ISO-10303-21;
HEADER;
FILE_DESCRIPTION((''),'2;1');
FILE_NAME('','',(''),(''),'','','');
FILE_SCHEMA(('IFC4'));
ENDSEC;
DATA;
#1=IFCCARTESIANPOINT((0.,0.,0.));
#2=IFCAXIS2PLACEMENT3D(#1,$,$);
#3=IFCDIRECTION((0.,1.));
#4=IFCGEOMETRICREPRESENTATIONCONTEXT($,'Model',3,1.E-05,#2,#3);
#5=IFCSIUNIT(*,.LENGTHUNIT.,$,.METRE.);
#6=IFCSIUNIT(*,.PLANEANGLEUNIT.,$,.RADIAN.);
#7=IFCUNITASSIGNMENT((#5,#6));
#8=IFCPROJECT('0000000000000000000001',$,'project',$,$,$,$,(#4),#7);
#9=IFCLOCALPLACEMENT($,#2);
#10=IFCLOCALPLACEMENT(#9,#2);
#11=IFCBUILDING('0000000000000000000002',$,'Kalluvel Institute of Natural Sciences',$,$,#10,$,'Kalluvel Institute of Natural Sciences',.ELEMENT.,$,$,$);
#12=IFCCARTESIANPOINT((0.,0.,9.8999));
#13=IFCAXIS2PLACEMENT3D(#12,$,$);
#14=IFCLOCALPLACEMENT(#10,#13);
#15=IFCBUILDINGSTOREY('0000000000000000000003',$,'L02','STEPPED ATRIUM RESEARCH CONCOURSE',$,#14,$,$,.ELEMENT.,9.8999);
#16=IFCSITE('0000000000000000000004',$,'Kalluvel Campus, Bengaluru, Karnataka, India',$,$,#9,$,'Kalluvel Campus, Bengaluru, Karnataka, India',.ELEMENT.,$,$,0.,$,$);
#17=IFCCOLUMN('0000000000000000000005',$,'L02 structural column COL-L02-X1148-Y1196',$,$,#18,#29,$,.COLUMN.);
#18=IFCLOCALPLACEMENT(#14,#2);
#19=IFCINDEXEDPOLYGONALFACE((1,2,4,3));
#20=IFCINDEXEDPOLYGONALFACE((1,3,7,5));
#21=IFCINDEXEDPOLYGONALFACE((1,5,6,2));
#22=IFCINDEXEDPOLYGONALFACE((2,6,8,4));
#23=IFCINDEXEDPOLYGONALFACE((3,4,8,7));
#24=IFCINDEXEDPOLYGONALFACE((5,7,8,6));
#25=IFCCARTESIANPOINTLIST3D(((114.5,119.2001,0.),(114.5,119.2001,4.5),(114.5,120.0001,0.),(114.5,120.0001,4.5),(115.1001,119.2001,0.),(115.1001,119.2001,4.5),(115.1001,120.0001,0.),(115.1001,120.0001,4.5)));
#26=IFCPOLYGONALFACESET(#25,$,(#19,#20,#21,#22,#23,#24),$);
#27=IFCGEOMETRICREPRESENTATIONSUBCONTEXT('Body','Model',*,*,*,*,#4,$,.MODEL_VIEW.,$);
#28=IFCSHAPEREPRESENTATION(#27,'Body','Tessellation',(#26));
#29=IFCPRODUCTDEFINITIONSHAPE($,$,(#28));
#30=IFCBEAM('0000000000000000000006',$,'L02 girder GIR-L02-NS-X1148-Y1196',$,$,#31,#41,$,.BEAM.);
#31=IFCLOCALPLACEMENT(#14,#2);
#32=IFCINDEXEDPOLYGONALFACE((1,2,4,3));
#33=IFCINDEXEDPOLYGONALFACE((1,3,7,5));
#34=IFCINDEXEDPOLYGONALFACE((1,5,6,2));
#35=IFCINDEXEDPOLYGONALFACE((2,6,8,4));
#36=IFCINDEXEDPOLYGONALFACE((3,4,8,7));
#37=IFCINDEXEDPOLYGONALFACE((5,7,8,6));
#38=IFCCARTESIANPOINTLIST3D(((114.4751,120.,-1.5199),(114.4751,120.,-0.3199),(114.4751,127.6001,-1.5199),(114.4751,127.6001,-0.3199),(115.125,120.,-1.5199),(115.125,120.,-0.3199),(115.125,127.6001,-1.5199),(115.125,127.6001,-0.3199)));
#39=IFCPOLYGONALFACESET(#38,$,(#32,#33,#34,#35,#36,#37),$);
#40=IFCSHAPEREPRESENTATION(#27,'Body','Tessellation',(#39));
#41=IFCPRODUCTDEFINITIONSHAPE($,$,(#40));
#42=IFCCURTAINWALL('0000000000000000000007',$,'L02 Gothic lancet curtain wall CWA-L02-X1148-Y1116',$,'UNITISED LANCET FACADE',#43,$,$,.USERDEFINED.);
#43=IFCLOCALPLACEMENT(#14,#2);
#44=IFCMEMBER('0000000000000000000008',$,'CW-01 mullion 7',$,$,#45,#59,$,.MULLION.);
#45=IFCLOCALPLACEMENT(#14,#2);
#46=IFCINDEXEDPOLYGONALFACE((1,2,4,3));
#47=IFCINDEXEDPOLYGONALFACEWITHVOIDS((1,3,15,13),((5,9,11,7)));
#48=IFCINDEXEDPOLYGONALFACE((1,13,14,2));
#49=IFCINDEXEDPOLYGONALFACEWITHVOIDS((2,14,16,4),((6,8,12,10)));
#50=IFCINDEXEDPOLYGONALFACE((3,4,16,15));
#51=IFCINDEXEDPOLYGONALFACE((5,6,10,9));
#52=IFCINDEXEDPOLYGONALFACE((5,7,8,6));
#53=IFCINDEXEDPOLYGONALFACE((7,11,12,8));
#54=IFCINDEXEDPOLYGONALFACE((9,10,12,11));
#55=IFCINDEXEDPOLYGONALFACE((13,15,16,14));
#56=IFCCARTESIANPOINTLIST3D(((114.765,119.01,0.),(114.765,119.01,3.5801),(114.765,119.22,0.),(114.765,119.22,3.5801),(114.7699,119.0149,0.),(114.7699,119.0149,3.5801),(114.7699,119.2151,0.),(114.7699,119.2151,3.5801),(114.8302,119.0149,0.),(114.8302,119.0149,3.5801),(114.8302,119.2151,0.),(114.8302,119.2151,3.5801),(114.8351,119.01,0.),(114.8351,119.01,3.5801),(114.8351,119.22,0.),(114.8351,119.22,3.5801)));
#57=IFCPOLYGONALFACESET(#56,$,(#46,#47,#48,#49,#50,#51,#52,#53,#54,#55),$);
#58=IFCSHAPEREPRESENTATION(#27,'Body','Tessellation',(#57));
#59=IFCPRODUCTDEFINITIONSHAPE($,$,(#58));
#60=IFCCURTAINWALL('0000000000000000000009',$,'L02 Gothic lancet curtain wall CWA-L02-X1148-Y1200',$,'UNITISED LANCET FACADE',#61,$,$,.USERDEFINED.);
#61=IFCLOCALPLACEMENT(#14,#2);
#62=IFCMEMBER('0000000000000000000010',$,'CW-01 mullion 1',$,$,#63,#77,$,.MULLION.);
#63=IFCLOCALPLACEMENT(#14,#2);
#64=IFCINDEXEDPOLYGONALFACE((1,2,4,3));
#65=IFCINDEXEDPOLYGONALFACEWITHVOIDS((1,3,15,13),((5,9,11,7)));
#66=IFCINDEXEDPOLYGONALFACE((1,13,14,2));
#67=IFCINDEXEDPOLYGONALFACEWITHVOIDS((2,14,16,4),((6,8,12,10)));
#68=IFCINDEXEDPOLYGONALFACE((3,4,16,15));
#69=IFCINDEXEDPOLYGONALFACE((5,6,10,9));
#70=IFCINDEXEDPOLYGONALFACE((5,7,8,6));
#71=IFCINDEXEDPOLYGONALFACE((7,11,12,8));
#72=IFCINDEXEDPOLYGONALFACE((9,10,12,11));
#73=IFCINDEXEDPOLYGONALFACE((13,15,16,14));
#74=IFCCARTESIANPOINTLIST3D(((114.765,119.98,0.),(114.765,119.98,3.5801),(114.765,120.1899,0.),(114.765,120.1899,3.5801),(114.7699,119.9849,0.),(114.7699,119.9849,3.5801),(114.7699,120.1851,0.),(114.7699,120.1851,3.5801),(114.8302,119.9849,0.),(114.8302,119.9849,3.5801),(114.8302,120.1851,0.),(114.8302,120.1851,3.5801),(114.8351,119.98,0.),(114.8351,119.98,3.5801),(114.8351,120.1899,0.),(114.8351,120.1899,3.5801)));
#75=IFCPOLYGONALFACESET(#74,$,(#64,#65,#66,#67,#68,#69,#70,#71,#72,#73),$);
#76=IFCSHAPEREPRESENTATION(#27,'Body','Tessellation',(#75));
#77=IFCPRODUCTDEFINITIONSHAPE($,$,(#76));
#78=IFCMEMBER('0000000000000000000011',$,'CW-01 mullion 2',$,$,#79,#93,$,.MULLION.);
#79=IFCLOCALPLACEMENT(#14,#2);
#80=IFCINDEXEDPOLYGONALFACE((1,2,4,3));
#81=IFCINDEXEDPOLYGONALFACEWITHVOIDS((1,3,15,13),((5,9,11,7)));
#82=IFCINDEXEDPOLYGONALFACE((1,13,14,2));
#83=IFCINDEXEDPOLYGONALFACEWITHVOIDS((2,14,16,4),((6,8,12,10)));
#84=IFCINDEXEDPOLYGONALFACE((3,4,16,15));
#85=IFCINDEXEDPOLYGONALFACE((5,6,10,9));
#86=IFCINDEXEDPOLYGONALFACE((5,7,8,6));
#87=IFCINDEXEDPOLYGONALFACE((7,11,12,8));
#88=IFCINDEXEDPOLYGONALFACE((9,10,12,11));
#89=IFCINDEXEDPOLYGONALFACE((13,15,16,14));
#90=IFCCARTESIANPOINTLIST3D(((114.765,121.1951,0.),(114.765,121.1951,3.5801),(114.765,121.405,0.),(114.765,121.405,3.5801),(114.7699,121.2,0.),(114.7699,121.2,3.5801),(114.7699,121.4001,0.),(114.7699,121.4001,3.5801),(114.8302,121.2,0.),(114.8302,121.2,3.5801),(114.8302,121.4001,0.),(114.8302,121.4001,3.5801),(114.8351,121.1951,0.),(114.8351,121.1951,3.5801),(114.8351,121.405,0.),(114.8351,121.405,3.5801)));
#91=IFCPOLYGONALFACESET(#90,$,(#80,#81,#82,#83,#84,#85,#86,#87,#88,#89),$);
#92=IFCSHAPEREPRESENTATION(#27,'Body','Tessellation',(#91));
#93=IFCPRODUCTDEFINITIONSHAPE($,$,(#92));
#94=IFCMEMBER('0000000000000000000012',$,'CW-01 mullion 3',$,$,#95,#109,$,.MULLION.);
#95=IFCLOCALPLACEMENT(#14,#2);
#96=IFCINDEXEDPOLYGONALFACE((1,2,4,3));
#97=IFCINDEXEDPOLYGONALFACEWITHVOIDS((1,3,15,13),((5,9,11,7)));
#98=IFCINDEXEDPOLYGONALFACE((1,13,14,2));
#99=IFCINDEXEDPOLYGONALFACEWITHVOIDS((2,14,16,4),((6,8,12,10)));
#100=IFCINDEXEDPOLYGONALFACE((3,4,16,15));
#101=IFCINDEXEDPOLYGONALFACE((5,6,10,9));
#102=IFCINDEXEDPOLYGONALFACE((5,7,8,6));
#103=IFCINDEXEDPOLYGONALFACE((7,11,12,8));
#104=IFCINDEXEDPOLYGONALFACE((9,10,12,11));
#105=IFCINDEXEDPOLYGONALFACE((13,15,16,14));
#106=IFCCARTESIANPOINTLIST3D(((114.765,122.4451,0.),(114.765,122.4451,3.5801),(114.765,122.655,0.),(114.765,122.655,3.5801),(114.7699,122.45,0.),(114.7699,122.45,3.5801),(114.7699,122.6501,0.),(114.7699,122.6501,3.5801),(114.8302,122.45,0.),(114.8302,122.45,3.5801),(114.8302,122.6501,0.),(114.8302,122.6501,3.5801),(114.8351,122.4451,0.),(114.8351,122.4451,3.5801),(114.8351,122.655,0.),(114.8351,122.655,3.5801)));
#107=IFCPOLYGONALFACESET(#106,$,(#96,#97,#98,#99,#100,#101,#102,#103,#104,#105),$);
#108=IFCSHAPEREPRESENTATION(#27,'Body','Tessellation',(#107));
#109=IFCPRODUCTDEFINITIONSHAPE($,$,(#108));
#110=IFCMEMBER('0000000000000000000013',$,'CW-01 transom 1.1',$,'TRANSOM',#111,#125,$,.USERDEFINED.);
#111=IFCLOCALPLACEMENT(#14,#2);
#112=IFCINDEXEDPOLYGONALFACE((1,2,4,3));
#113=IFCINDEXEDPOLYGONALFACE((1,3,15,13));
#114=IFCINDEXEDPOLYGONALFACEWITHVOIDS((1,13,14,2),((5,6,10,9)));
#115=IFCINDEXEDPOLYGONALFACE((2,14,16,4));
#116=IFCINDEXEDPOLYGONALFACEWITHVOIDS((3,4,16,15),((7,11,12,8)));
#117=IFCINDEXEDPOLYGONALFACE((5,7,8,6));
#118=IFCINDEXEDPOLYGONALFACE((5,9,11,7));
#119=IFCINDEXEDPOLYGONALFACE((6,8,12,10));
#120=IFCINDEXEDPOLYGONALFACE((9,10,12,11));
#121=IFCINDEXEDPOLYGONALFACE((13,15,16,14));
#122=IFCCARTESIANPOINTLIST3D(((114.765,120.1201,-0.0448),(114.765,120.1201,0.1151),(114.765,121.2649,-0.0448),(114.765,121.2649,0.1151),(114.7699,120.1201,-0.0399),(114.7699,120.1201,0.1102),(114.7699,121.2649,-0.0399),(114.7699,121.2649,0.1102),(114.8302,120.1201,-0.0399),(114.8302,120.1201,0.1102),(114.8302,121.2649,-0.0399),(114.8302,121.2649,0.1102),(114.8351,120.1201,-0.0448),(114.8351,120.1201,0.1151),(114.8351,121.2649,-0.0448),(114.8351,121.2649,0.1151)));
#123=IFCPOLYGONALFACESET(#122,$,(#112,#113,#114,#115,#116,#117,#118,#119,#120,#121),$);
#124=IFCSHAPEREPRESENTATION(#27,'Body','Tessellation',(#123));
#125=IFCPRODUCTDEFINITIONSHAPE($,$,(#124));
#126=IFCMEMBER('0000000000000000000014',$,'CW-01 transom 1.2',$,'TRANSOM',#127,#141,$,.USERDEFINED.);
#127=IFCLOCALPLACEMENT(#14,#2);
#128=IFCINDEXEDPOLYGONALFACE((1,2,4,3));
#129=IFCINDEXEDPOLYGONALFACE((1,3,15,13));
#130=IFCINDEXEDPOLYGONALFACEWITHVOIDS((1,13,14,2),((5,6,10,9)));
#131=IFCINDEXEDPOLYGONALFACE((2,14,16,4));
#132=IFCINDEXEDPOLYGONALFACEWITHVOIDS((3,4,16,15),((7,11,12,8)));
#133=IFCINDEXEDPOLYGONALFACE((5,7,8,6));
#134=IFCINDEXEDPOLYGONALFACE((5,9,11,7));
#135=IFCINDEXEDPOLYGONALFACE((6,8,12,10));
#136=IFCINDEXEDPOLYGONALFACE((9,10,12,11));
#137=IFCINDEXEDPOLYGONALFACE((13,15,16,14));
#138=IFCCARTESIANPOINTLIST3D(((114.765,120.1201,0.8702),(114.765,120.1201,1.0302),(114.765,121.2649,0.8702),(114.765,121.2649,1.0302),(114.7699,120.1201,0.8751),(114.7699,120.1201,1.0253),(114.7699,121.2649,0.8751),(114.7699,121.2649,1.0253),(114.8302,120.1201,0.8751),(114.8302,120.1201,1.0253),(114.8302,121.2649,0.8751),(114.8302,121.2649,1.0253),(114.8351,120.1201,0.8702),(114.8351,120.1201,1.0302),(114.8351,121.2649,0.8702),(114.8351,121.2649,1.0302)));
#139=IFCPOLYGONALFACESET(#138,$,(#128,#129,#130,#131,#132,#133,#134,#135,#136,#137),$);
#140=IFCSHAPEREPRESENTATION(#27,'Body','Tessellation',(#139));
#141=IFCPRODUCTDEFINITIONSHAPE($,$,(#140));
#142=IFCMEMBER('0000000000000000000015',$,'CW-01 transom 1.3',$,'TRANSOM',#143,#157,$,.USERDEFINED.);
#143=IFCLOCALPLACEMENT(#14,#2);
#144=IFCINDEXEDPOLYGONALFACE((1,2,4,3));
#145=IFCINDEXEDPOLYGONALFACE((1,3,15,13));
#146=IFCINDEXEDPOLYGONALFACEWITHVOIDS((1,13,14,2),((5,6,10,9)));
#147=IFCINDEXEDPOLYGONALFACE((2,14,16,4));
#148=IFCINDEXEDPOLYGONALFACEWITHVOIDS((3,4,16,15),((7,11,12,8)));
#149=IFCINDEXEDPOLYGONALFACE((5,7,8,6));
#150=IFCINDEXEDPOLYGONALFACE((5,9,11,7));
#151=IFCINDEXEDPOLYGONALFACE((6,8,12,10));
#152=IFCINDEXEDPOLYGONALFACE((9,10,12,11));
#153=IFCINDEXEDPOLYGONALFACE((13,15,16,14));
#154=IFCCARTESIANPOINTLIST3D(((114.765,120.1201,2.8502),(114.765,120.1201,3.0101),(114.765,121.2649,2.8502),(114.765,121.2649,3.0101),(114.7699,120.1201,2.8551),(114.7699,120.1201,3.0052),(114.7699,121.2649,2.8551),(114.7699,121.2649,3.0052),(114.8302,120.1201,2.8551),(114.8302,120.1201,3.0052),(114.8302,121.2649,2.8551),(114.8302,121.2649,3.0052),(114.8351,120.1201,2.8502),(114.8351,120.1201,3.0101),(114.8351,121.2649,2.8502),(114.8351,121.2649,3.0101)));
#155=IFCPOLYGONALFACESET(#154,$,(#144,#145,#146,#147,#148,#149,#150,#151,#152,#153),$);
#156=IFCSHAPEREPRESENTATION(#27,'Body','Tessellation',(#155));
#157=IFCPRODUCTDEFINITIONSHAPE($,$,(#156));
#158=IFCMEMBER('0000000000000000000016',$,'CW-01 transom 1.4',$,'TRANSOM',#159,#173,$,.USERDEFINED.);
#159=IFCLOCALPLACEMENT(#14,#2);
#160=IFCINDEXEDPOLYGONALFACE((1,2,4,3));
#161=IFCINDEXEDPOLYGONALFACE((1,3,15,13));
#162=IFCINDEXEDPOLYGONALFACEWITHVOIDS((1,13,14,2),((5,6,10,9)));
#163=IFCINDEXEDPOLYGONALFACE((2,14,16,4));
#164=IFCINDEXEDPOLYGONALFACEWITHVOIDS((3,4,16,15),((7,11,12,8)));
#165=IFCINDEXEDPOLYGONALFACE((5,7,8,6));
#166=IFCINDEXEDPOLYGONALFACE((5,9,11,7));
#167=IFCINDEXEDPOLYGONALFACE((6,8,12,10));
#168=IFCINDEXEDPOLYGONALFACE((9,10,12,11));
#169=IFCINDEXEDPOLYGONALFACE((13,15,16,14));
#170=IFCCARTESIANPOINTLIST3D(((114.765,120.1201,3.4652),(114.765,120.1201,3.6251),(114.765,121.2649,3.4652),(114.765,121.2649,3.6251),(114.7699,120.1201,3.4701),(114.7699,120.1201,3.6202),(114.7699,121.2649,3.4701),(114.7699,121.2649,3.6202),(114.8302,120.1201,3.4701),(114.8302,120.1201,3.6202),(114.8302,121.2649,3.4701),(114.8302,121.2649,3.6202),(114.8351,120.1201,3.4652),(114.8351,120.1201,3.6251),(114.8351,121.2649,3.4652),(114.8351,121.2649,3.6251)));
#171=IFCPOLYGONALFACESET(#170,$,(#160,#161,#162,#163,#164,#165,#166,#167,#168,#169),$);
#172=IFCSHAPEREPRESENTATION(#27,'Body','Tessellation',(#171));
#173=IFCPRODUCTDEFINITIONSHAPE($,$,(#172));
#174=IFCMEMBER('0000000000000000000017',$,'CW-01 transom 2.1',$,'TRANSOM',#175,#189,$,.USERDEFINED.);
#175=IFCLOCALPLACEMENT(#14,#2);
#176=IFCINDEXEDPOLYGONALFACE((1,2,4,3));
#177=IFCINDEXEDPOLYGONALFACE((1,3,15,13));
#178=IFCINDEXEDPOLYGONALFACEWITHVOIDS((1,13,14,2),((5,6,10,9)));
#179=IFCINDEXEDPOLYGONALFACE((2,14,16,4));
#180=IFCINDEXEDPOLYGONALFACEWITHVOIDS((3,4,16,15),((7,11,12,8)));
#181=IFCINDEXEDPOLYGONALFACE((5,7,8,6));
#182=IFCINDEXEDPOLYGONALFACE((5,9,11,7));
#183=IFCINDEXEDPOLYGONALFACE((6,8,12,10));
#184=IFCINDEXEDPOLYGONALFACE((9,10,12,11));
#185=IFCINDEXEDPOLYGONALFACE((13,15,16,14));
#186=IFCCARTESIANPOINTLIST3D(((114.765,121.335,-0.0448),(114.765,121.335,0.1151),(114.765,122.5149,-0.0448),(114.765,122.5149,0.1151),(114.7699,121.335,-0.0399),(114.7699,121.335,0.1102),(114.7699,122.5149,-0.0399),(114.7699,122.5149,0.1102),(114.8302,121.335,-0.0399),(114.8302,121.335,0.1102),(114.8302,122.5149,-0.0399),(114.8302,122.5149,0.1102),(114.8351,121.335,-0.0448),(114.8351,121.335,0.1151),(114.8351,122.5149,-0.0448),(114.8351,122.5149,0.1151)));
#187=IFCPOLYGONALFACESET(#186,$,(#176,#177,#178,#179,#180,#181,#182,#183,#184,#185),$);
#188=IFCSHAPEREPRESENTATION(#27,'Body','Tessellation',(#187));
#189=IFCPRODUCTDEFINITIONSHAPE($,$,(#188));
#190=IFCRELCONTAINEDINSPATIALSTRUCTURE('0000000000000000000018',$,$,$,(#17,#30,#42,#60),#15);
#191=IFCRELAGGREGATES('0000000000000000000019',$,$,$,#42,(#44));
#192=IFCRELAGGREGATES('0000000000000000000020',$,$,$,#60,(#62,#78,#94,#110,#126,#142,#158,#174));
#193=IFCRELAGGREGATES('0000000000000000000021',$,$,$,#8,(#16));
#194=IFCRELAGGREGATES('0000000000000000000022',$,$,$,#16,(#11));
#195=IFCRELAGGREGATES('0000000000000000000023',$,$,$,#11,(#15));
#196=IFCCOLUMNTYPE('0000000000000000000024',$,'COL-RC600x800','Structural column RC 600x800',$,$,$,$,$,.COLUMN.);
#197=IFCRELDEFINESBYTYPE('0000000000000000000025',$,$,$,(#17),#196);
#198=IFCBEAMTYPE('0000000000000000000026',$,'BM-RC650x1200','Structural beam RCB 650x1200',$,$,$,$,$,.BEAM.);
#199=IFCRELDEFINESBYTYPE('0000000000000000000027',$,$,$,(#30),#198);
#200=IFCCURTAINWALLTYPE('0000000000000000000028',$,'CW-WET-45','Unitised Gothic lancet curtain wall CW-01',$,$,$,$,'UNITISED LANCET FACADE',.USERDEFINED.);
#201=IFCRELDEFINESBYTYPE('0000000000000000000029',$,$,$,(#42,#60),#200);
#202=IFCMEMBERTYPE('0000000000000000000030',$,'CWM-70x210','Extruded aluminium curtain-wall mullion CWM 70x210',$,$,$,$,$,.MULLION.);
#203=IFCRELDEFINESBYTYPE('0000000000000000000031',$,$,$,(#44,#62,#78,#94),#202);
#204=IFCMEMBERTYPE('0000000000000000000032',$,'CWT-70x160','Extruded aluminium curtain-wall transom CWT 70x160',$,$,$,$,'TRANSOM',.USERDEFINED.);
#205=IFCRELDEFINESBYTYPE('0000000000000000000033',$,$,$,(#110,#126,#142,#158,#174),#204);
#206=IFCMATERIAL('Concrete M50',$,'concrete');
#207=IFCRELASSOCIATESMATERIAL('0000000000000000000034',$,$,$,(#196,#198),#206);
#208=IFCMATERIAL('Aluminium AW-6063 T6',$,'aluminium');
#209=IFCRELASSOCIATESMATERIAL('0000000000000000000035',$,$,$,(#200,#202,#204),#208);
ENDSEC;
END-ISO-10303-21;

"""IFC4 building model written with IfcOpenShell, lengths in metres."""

from ifc_helpers import new_model, si_unit, direction, frame, origin, origin_2d, place, context, subcontext, project, spatial, rectangle, hollow_rectangle, extrude, material, material_profile, profile_set, type_object, element, aggregate, save


model = new_model("IFC4")

# Units and contexts
model_context = context("Model", 3, precision=1e-05, world=origin(), true_north=direction((0.0, 1.0)))
body_context = subcontext(model_context, "Body", "Model", "MODEL_VIEW")
ifc_project = project(units=[si_unit("LENGTHUNIT", "METRE"), si_unit("PLANEANGLEUNIT", "RADIAN")], contexts=[model_context])

# Site, building, storey
site_placement = place(None, origin())
site = spatial("IfcSite", under=ifc_project, at=site_placement, Name="Kalluvel Campus, Bengaluru, Karnataka, India", LongName="Kalluvel Campus, Bengaluru, Karnataka, India", CompositionType="ELEMENT", RefElevation=0.0)
building_placement = place(site_placement, origin())
building = spatial("IfcBuilding", under=site, at=building_placement, Name="Kalluvel Institute of Natural Sciences", LongName="Kalluvel Institute of Natural Sciences", CompositionType="ELEMENT")
storey_placement = place(building_placement, frame((0.0, 0.0, 9.8999)))
storey = spatial("IfcBuildingStorey", under=building, at=storey_placement, Name="L02", Description="STEPPED ATRIUM RESEARCH CONCOURSE", CompositionType="ELEMENT", Elevation=9.8999)

# Column
ifc_material_1 = material(Name="Concrete M50", Category="concrete")
ifc_material_profile_1 = material_profile(ifc_material_1, rectangle(XDim=0.6001, YDim=0.8, at=origin_2d()), Name="RC 600x800")
ifc_profile_set_1 = profile_set([ifc_material_profile_1], Name="Concrete M50")
column_type = type_object("IfcColumnType", Name="COL-RC600x800", Description="Structural column RC 600x800", PredefinedType="COLUMN", material=ifc_profile_set_1)
column_placement = place(storey_placement, frame((114.8, 119.6001, 0.0), z_axis=(0.0, 0.0, 1.0), x_axis=(1.0, 0.0, 0.0)))
element("IfcColumn", 1, at=column_placement, inside=storey, type_object=column_type, Name="L02 structural column COL-L02-X1148-Y1196", PredefinedType="COLUMN", context=body_context, shape_type="SweptSolid", body=[
    extrude(rectangle(XDim=0.6001, YDim=0.8, at=origin_2d()), origin(), (0.0, 0.0, 1.0), 4.5),
])

# Beam
ifc_material_profile_2 = material_profile(ifc_material_1, rectangle(XDim=0.6499, YDim=1.2, at=origin_2d()), Name="RCB 650x1200")
ifc_profile_set_2 = profile_set([ifc_material_profile_2], Name="Concrete M50")
beam_type = type_object("IfcBeamType", Name="BM-RC650x1200", Description="Structural beam RCB 650x1200", PredefinedType="BEAM", material=ifc_profile_set_2)
beam_placement = place(storey_placement, frame((114.8, 120.0, -0.9199), z_axis=(0.0, 1.0, 0.0), x_axis=(-1.0, 0.0, 0.0)))
element("IfcBeam", 2, at=beam_placement, inside=storey, type_object=beam_type, Name="L02 girder GIR-L02-NS-X1148-Y1196", PredefinedType="BEAM", context=body_context, shape_type="SweptSolid", body=[
    extrude(rectangle(XDim=0.6499, YDim=1.2, at=origin_2d()), origin(), (0.0, 0.0, 1.0), 7.6001),
])

# Curtain wall, member
ifc_material_2 = material(Name="Aluminium AW-6063 T6", Category="aluminium")
curtain_wall_type = type_object("IfcCurtainWallType", Name="CW-WET-45", Description="Unitised Gothic lancet curtain wall CW-01", ElementType="UNITISED LANCET FACADE", PredefinedType="USERDEFINED", material=ifc_material_2)
curtain_wall_1_placement = place(storey_placement, origin())
curtain_wall_1 = element("IfcCurtainWall", 3, at=curtain_wall_1_placement, inside=storey, type_object=curtain_wall_type, Name="L02 Gothic lancet curtain wall CWA-L02-X1148-Y1116", ObjectType="UNITISED LANCET FACADE", PredefinedType="USERDEFINED")
ifc_material_profile_3 = material_profile(ifc_material_2, hollow_rectangle(XDim=0.0701, YDim=0.21, WallThickness=0.0049, at=origin_2d()), Name="CWM 70x210")
ifc_profile_set_3 = profile_set([ifc_material_profile_3], Name="Aluminium AW-6063 T6")
member_type_1 = type_object("IfcMemberType", Name="CWM-70x210", Description="Extruded aluminium curtain-wall mullion CWM 70x210", PredefinedType="MULLION", material=ifc_profile_set_3)
member_1_placement = place(storey_placement, frame((114.8, 119.115, 0.0), z_axis=(0.0, 0.0, 1.0), x_axis=(-1.0, 0.0, 0.0)))
member_1 = element("IfcMember", 4, at=member_1_placement, type_object=member_type_1, Name="CW-01 mullion 7", PredefinedType="MULLION", context=body_context, shape_type="SweptSolid", body=[
    extrude(hollow_rectangle(XDim=0.0701, YDim=0.21, WallThickness=0.0049, at=origin_2d()), origin(), (0.0, 0.0, 1.0), 3.5801),
])

# Curtain wall, members
curtain_wall_2_placement = place(storey_placement, origin())
curtain_wall_2 = element("IfcCurtainWall", 5, at=curtain_wall_2_placement, inside=storey, type_object=curtain_wall_type, Name="L02 Gothic lancet curtain wall CWA-L02-X1148-Y1200", ObjectType="UNITISED LANCET FACADE", PredefinedType="USERDEFINED")
member_2_placement = place(storey_placement, frame((114.8, 120.085, 0.0), z_axis=(0.0, 0.0, 1.0), x_axis=(-1.0, 0.0, 0.0)))
member_2 = element("IfcMember", 6, at=member_2_placement, type_object=member_type_1, Name="CW-01 mullion 1", PredefinedType="MULLION", context=body_context, shape_type="SweptSolid", body=[
    extrude(hollow_rectangle(XDim=0.0701, YDim=0.21, WallThickness=0.0049, at=origin_2d()), origin(), (0.0, 0.0, 1.0), 3.5801),
])
member_3_placement = place(storey_placement, frame((114.8, 121.3, 0.0), z_axis=(0.0, 0.0, 1.0), x_axis=(-1.0, 0.0, 0.0)))
member_3 = element("IfcMember", 7, at=member_3_placement, type_object=member_type_1, Name="CW-01 mullion 2", PredefinedType="MULLION", context=body_context, shape_type="SweptSolid", body=[
    extrude(hollow_rectangle(XDim=0.0701, YDim=0.21, WallThickness=0.0049, at=origin_2d()), origin(), (0.0, 0.0, 1.0), 3.5801),
])
member_4_placement = place(storey_placement, frame((114.8, 122.55, 0.0), z_axis=(0.0, 0.0, 1.0), x_axis=(-1.0, 0.0, 0.0)))
member_4 = element("IfcMember", 8, at=member_4_placement, type_object=member_type_1, Name="CW-01 mullion 3", PredefinedType="MULLION", context=body_context, shape_type="SweptSolid", body=[
    extrude(hollow_rectangle(XDim=0.0701, YDim=0.21, WallThickness=0.0049, at=origin_2d()), origin(), (0.0, 0.0, 1.0), 3.5801),
])
ifc_material_profile_4 = material_profile(ifc_material_2, hollow_rectangle(XDim=0.0701, YDim=0.1599, WallThickness=0.0049, at=origin_2d()), Name="CWT 70x160")
ifc_profile_set_4 = profile_set([ifc_material_profile_4], Name="Aluminium AW-6063 T6")
member_type_2 = type_object("IfcMemberType", Name="CWT-70x160", Description="Extruded aluminium curtain-wall transom CWT 70x160", ElementType="TRANSOM", PredefinedType="USERDEFINED", material=ifc_profile_set_4)
member_5_placement = place(storey_placement, frame((114.8, 120.1201, 0.0352), z_axis=(0.0, 1.0, 0.0), x_axis=(-1.0, 0.0, 0.0)))
member_5 = element("IfcMember", 9, at=member_5_placement, type_object=member_type_2, Name="CW-01 transom 1.1", ObjectType="TRANSOM", PredefinedType="USERDEFINED", context=body_context, shape_type="SweptSolid", body=[
    extrude(hollow_rectangle(XDim=0.0701, YDim=0.1599, WallThickness=0.0049, at=origin_2d()), origin(), (0.0, 0.0, 1.0), 1.1448),
])
member_6_placement = place(storey_placement, frame((114.8, 120.1201, 0.9502), z_axis=(0.0, 1.0, 0.0), x_axis=(-1.0, 0.0, 0.0)))
member_6 = element("IfcMember", 10, at=member_6_placement, type_object=member_type_2, Name="CW-01 transom 1.2", ObjectType="TRANSOM", PredefinedType="USERDEFINED", context=body_context, shape_type="SweptSolid", body=[
    extrude(hollow_rectangle(XDim=0.0701, YDim=0.1599, WallThickness=0.0049, at=origin_2d()), origin(), (0.0, 0.0, 1.0), 1.1448),
])
member_7_placement = place(storey_placement, frame((114.8, 120.1201, 2.9302), z_axis=(0.0, 1.0, 0.0), x_axis=(-1.0, 0.0, 0.0)))
member_7 = element("IfcMember", 11, at=member_7_placement, type_object=member_type_2, Name="CW-01 transom 1.3", ObjectType="TRANSOM", PredefinedType="USERDEFINED", context=body_context, shape_type="SweptSolid", body=[
    extrude(hollow_rectangle(XDim=0.0701, YDim=0.1599, WallThickness=0.0049, at=origin_2d()), origin(), (0.0, 0.0, 1.0), 1.1448),
])
member_8_placement = place(storey_placement, frame((114.8, 120.1201, 3.5452), z_axis=(0.0, 1.0, 0.0), x_axis=(-1.0, 0.0, 0.0)))
member_8 = element("IfcMember", 12, at=member_8_placement, type_object=member_type_2, Name="CW-01 transom 1.4", ObjectType="TRANSOM", PredefinedType="USERDEFINED", context=body_context, shape_type="SweptSolid", body=[
    extrude(hollow_rectangle(XDim=0.0701, YDim=0.1599, WallThickness=0.0049, at=origin_2d()), origin(), (0.0, 0.0, 1.0), 1.1448),
])
member_9_placement = place(storey_placement, frame((114.8, 121.335, 0.0352), z_axis=(0.0, 1.0, 0.0), x_axis=(-1.0, 0.0, 0.0)))
member_9 = element("IfcMember", 13, at=member_9_placement, type_object=member_type_2, Name="CW-01 transom 2.1", ObjectType="TRANSOM", PredefinedType="USERDEFINED", context=body_context, shape_type="SweptSolid", body=[
    extrude(hollow_rectangle(XDim=0.0701, YDim=0.1599, WallThickness=0.0049, at=origin_2d()), origin(), (0.0, 0.0, 1.0), 1.1799),
])

aggregate(curtain_wall_1, [member_1])
aggregate(curtain_wall_2, [member_2, member_3, member_4, member_5, member_6, member_7, member_8, member_9])

save(model, "model.ifc")
